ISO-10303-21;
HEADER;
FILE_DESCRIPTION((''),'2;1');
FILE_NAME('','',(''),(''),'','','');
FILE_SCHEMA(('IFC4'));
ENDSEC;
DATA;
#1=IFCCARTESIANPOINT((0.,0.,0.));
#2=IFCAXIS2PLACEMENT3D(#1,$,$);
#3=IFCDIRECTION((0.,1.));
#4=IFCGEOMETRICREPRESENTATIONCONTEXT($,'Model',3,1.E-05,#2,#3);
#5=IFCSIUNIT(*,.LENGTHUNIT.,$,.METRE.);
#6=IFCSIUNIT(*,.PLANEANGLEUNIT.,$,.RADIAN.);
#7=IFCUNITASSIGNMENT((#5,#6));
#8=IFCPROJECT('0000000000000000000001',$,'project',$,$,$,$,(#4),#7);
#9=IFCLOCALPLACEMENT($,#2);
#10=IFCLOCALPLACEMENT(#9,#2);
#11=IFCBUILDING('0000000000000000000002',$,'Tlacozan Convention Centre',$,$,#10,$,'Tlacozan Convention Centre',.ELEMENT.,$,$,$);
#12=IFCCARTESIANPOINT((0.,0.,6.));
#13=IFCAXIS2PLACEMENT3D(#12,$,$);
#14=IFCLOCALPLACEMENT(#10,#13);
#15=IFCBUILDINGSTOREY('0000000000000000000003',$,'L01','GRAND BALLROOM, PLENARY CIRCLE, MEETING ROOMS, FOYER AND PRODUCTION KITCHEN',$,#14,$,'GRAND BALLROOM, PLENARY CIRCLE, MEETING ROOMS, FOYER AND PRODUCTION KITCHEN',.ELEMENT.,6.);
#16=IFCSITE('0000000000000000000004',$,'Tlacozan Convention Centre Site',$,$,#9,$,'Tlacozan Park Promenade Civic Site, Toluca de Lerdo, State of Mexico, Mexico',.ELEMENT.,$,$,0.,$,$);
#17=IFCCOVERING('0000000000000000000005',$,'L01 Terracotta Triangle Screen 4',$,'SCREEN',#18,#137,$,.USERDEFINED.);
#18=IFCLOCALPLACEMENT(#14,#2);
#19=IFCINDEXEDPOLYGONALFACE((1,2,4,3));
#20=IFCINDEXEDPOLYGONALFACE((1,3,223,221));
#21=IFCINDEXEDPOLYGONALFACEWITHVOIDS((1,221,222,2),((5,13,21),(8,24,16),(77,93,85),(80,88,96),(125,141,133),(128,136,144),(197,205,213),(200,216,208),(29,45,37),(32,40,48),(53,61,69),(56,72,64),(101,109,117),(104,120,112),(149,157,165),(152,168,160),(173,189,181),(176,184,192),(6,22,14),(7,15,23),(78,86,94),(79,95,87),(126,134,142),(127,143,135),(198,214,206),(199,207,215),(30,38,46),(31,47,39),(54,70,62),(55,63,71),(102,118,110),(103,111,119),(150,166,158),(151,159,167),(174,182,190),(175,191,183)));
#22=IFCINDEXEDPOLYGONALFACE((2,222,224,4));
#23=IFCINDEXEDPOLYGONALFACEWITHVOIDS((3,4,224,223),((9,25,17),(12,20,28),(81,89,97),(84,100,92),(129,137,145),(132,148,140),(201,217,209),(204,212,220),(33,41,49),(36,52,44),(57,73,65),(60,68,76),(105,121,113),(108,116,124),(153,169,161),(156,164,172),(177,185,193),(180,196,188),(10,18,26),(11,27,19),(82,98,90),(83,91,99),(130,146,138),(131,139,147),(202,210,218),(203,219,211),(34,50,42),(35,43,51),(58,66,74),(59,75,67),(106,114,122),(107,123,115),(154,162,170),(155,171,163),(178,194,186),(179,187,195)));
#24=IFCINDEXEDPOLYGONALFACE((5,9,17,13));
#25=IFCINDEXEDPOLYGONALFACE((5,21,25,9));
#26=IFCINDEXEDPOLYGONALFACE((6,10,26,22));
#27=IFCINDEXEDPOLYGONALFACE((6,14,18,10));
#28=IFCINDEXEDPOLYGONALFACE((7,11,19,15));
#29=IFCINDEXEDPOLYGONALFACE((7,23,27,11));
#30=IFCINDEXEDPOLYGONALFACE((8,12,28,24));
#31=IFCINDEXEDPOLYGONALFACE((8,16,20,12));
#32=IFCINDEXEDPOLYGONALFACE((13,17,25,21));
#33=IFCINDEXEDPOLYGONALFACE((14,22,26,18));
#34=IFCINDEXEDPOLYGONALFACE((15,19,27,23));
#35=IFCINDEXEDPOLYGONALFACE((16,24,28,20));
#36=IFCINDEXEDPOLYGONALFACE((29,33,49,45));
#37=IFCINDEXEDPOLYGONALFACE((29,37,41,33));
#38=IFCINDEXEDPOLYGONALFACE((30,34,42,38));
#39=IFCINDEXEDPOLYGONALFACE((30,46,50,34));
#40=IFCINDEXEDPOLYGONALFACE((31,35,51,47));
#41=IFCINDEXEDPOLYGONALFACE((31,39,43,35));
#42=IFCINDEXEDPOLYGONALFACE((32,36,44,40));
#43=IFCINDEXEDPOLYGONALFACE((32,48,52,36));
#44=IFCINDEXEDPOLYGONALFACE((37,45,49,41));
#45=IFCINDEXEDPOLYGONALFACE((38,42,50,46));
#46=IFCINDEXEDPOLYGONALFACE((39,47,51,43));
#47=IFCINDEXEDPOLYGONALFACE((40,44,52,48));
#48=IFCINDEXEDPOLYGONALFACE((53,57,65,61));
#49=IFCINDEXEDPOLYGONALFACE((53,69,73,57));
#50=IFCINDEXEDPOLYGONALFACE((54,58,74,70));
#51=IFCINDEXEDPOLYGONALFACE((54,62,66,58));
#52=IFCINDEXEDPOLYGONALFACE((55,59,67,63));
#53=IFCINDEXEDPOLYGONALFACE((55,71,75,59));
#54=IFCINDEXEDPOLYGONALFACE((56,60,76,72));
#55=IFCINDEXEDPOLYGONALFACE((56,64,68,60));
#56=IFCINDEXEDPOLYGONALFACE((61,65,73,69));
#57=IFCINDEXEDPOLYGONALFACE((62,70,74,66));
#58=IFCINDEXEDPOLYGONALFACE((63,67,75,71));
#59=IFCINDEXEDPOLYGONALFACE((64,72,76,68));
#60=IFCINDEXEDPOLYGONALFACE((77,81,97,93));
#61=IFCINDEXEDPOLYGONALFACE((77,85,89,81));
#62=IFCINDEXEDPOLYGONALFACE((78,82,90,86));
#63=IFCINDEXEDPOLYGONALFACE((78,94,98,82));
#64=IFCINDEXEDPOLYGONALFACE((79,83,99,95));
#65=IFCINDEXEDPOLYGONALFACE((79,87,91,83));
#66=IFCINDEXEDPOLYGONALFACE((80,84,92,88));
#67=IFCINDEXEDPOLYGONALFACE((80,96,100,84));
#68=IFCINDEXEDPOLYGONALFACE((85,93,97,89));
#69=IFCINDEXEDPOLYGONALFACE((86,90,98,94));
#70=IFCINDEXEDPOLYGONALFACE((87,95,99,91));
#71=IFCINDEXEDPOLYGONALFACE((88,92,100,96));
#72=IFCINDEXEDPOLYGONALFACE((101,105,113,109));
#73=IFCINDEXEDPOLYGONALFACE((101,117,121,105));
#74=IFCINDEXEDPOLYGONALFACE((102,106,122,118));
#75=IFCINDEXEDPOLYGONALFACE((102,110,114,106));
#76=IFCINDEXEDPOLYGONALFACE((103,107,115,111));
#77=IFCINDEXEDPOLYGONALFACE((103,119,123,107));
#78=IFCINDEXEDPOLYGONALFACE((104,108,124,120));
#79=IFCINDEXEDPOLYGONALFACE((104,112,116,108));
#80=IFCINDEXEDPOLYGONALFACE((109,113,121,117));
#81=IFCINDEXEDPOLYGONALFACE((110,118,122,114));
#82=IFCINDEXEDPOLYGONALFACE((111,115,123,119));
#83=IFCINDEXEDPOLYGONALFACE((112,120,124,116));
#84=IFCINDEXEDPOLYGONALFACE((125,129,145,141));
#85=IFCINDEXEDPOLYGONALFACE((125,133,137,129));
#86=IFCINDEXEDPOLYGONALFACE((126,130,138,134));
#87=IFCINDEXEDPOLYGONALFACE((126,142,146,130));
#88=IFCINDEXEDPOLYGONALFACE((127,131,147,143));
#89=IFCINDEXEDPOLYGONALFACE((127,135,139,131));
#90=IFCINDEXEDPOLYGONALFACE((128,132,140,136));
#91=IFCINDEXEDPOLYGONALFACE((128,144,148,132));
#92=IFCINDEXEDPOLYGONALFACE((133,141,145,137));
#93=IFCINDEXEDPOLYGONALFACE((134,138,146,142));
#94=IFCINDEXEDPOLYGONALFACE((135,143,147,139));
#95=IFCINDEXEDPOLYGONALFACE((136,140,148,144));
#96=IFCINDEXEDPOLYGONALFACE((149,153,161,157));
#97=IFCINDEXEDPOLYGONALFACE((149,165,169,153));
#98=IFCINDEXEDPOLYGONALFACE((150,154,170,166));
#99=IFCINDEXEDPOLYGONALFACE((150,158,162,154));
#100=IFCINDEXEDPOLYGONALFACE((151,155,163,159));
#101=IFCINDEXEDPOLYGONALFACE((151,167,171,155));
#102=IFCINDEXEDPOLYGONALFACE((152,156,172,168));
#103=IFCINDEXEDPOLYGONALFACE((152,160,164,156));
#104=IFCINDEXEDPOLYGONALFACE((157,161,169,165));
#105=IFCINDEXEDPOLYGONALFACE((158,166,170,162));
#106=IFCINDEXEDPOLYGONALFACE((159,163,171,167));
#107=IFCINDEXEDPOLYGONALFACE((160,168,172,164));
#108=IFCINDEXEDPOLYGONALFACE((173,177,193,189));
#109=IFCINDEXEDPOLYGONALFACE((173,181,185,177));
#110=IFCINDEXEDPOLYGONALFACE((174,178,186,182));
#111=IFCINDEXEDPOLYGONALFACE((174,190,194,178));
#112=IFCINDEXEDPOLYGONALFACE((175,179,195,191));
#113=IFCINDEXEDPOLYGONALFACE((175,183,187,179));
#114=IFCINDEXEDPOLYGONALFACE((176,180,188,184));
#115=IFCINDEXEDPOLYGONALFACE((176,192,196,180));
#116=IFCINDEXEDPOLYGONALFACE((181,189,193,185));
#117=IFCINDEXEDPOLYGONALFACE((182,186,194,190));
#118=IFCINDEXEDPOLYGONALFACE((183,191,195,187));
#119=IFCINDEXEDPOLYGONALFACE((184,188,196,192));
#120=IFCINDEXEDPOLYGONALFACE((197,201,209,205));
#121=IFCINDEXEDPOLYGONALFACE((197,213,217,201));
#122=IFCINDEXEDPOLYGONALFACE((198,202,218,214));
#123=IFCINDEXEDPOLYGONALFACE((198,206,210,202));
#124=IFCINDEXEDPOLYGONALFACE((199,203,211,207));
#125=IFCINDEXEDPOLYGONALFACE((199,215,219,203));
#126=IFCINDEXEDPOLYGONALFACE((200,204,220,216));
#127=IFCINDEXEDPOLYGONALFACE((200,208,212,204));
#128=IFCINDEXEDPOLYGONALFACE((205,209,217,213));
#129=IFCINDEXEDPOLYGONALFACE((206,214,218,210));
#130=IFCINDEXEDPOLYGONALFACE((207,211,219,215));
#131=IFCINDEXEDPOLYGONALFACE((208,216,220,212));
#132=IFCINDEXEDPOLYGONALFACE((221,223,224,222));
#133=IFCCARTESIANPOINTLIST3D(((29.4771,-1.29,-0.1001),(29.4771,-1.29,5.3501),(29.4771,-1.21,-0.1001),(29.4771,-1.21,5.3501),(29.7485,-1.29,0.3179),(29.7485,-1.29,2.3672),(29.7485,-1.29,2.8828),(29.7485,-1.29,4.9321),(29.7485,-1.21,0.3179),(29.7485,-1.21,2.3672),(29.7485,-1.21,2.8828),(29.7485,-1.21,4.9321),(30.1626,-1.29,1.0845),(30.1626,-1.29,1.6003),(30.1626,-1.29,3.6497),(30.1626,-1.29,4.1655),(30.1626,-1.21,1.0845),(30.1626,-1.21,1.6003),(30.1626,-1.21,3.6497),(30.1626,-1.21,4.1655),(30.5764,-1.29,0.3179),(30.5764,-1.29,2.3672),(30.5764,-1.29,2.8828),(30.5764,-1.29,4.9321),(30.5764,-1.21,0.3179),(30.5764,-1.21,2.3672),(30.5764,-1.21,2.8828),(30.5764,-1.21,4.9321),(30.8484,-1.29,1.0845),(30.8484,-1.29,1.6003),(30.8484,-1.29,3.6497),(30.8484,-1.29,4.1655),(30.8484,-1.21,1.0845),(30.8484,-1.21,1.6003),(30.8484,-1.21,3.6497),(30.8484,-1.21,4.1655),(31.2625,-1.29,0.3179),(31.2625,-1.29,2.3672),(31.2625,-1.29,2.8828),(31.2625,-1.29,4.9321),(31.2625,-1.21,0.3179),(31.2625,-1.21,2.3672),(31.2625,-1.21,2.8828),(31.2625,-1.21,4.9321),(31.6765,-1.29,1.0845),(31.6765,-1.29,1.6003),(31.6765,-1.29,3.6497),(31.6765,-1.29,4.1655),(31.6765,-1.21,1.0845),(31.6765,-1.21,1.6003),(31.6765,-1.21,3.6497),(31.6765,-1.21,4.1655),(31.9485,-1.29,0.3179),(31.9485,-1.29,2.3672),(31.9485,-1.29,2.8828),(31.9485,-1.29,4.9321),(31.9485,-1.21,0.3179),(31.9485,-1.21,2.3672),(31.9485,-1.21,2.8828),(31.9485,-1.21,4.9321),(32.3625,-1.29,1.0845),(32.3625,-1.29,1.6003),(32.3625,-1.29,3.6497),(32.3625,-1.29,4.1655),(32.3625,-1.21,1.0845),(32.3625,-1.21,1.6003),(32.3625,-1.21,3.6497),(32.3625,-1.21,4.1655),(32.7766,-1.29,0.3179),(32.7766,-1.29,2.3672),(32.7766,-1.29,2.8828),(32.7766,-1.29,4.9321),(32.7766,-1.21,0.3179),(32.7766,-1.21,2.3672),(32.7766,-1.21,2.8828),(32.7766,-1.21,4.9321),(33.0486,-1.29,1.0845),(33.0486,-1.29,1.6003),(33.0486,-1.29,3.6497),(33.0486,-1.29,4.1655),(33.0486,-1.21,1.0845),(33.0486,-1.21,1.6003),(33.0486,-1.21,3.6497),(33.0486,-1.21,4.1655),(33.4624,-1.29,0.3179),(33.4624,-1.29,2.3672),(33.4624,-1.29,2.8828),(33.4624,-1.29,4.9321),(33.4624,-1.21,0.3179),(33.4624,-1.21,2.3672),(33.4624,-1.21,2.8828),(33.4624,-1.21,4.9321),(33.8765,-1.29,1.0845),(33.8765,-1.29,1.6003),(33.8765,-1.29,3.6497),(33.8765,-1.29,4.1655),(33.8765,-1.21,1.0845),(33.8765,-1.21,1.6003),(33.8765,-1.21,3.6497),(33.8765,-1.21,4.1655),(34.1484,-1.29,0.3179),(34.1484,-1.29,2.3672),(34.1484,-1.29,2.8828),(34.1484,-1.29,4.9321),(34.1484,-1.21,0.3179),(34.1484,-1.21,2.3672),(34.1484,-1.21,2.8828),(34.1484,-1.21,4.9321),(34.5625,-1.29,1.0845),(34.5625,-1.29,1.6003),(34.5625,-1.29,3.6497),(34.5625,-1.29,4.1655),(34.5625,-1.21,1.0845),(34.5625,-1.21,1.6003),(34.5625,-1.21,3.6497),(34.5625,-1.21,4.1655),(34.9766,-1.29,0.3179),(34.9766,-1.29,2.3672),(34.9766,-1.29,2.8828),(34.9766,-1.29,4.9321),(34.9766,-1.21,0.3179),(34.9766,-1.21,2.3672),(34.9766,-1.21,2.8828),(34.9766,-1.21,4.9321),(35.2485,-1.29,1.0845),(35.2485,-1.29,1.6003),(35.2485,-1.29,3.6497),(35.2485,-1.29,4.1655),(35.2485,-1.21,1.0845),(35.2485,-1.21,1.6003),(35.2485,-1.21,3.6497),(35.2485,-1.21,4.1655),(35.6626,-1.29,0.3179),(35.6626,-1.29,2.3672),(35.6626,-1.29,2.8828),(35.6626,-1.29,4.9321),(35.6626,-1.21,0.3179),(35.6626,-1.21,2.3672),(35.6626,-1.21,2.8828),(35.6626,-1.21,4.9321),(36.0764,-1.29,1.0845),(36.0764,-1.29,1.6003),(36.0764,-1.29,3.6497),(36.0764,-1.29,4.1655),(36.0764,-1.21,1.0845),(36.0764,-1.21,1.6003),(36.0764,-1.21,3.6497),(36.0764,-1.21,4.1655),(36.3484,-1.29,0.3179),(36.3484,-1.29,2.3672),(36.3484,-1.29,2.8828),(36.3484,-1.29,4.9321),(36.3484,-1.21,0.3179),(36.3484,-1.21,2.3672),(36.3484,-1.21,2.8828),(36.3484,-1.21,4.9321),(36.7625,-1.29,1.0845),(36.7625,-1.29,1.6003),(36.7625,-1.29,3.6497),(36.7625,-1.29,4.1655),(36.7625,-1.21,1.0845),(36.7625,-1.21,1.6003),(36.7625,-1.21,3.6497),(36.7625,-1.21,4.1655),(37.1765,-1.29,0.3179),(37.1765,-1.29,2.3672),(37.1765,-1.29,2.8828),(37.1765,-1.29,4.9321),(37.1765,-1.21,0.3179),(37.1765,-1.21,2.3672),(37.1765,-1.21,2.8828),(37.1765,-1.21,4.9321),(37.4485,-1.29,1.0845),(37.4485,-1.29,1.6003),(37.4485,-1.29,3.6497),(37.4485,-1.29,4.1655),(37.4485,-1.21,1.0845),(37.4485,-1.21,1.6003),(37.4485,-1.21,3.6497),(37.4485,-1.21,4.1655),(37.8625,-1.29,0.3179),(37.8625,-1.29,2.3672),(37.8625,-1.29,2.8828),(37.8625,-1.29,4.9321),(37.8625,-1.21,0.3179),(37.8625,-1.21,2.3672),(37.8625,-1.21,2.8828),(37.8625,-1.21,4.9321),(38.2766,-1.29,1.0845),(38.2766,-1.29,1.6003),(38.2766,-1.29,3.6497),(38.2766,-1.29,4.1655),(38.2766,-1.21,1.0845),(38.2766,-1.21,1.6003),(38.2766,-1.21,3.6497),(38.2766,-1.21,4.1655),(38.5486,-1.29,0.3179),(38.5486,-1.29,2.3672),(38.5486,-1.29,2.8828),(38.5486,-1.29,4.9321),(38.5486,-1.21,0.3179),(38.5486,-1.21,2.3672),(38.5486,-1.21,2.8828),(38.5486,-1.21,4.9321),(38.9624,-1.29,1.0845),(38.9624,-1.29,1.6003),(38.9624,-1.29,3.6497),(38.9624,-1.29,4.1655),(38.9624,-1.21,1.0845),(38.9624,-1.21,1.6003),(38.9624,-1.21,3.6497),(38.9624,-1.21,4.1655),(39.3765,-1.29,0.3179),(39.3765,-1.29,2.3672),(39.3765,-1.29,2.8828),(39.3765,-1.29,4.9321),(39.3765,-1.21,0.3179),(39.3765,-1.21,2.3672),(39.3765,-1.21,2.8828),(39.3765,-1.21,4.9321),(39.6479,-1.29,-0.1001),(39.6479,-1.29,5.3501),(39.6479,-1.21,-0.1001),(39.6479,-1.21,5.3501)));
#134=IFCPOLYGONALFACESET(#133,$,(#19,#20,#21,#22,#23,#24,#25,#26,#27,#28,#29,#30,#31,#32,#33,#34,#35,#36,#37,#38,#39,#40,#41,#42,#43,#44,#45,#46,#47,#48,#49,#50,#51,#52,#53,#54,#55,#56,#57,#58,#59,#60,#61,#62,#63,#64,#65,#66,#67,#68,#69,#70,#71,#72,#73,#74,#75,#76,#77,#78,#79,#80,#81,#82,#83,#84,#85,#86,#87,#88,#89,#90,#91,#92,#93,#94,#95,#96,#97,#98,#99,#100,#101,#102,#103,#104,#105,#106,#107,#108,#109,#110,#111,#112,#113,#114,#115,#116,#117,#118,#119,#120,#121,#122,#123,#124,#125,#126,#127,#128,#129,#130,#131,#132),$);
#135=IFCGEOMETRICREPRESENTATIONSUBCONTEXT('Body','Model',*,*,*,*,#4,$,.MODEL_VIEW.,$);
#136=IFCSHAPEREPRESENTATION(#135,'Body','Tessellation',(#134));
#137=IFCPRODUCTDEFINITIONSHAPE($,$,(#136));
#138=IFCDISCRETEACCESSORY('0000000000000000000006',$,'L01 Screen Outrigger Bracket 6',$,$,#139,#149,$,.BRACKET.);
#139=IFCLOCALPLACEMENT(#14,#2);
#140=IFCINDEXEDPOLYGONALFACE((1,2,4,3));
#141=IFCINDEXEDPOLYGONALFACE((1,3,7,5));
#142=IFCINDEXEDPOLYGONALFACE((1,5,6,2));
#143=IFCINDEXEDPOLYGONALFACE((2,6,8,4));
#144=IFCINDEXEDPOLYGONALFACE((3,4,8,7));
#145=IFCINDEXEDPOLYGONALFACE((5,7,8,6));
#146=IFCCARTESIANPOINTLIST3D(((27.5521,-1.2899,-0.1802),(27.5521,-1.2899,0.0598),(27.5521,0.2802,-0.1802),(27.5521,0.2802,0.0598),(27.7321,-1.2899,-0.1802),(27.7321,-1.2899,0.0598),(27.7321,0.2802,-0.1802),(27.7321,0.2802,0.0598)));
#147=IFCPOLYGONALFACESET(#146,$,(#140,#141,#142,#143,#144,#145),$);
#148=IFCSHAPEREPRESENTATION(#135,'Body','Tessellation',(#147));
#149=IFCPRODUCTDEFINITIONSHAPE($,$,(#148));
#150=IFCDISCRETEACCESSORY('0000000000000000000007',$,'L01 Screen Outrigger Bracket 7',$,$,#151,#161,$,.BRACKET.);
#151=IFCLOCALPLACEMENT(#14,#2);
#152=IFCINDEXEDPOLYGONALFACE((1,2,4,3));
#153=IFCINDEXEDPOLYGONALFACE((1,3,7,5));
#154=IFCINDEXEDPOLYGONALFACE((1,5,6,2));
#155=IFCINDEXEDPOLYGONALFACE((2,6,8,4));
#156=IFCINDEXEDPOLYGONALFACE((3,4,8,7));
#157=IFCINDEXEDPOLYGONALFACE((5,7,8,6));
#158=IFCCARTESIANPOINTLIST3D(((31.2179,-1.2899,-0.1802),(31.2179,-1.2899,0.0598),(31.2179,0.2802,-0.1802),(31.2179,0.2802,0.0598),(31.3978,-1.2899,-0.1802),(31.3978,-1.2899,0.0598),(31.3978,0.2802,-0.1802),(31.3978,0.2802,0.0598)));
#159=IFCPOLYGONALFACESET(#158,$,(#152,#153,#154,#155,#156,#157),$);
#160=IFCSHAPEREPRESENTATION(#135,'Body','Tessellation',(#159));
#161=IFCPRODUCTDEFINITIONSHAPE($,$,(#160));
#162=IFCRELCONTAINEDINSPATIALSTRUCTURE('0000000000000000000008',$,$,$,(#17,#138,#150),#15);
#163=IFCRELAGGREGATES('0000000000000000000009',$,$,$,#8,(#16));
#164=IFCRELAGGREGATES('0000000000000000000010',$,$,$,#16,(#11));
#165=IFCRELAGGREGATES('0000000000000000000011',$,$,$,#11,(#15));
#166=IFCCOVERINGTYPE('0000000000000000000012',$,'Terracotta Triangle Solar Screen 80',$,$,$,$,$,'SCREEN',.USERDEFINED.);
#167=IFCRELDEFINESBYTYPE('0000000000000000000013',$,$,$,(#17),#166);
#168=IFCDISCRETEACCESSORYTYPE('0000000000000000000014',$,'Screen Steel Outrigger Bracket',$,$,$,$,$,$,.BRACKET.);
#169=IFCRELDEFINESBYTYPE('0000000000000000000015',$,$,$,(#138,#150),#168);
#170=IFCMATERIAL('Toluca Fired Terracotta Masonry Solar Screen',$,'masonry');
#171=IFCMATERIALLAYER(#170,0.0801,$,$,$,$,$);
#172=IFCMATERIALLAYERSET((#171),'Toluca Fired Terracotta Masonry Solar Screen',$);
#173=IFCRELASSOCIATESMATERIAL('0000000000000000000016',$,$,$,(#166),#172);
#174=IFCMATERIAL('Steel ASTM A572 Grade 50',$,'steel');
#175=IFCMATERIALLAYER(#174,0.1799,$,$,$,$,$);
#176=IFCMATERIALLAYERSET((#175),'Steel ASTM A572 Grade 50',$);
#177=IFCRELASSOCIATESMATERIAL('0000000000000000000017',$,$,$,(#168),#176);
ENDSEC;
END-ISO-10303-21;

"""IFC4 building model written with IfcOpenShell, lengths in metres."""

from ifc_helpers import new_model, si_unit, direction, frame, origin, origin_2d, place, context, subcontext, project, spatial, polyline, rectangle, outline, extrude, material, layer, layer_set, type_object, element, save


model = new_model("IFC4")

# Units and contexts
model_context = context("Model", 3, precision=1e-05, world=origin(), true_north=direction((0.0, 1.0)))
body_context = subcontext(model_context, "Body", "Model", "MODEL_VIEW")
ifc_project = project(units=[si_unit("LENGTHUNIT", "METRE"), si_unit("PLANEANGLEUNIT", "RADIAN")], contexts=[model_context])

# Site, building, storey
site_placement = place(None, origin())
site = spatial("IfcSite", under=ifc_project, at=site_placement, Name="Tlacozan Convention Centre Site", LongName="Tlacozan Park Promenade Civic Site, Toluca de Lerdo, State of Mexico, Mexico", CompositionType="ELEMENT", RefElevation=0.0)
building_placement = place(site_placement, origin())
building = spatial("IfcBuilding", under=site, at=building_placement, Name="Tlacozan Convention Centre", LongName="Tlacozan Convention Centre", CompositionType="ELEMENT")
storey_placement = place(building_placement, frame((0.0, 0.0, 6.0)))
storey = spatial("IfcBuildingStorey", under=building, at=storey_placement, Name="L01", Description="GRAND BALLROOM, PLENARY CIRCLE, MEETING ROOMS, FOYER AND PRODUCTION KITCHEN", LongName="GRAND BALLROOM, PLENARY CIRCLE, MEETING ROOMS, FOYER AND PRODUCTION KITCHEN", CompositionType="ELEMENT", Elevation=6.0)

# Covering
ifc_material_1 = material(Name="Toluca Fired Terracotta Masonry Solar Screen", Category="masonry")
ifc_layer_1 = layer(ifc_material_1, 0.0801)
ifc_layer_set_1 = layer_set([ifc_layer_1], Name="Toluca Fired Terracotta Masonry Solar Screen")
covering_type = type_object("IfcCoveringType", Name="Terracotta Triangle Solar Screen 80", ElementType="SCREEN", PredefinedType="USERDEFINED", material=ifc_layer_set_1)
covering_placement = place(storey_placement, frame((29.4771, -1.25, -0.1001), z_axis=(0.0, 0.0, 1.0), x_axis=(1.0, 0.0, 0.0)))
element("IfcCovering", 1, at=covering_placement, inside=storey, type_object=covering_type, Name="L01 Terracotta Triangle Screen 4", ObjectType="SCREEN", PredefinedType="USERDEFINED", context=body_context, shape_type="SweptSolid", body=[
    extrude(outline(polyline([(0.0, 0.0), (10.1709, 0.0), (10.1709, 5.4502), (0.0, 5.4502), (0.0, 0.0)]), holes=[polyline([(0.2715, 0.418), (1.0994, 0.418), (0.6855, 1.1846), (0.2715, 0.418)]), polyline([(1.3713, 1.1846), (2.1995, 1.1846), (1.7854, 0.418), (1.3713, 1.1846)]), polyline([(2.4714, 0.418), (3.2996, 0.418), (2.8855, 1.1846), (2.4714, 0.418)]), polyline([(3.5715, 1.1846), (4.3994, 1.1846), (3.9854, 0.418), (3.5715, 1.1846)]), polyline([(4.6714, 0.418), (5.4995, 0.418), (5.0854, 1.1846), (4.6714, 0.418)]), polyline([(5.7715, 1.1846), (6.5994, 1.1846), (6.1855, 0.418), (5.7715, 1.1846)]), polyline([(6.8713, 0.418), (7.6995, 0.418), (7.2854, 1.1846), (6.8713, 0.418)]), polyline([(7.9714, 1.1846), (8.7996, 1.1846), (8.3855, 0.418), (7.9714, 1.1846)]), polyline([(9.0715, 0.418), (9.8994, 0.418), (9.4854, 1.1846), (9.0715, 0.418)]), polyline([(0.2715, 2.4673), (1.0994, 2.4673), (0.6855, 1.7004), (0.2715, 2.4673)]), polyline([(1.3713, 1.7004), (2.1995, 1.7004), (1.7854, 2.4673), (1.3713, 1.7004)]), polyline([(2.4714, 2.4673), (3.2996, 2.4673), (2.8855, 1.7004), (2.4714, 2.4673)]), polyline([(3.5715, 1.7004), (4.3994, 1.7004), (3.9854, 2.4673), (3.5715, 1.7004)]), polyline([(4.6714, 2.4673), (5.4995, 2.4673), (5.0854, 1.7004), (4.6714, 2.4673)]), polyline([(5.7715, 1.7004), (6.5994, 1.7004), (6.1855, 2.4673), (5.7715, 1.7004)]), polyline([(6.8713, 2.4673), (7.6995, 2.4673), (7.2854, 1.7004), (6.8713, 2.4673)]), polyline([(7.9714, 1.7004), (8.7996, 1.7004), (8.3855, 2.4673), (7.9714, 1.7004)]), polyline([(9.0715, 2.4673), (9.8994, 2.4673), (9.4854, 1.7004), (9.0715, 2.4673)]), polyline([(0.2715, 2.9829), (1.0994, 2.9829), (0.6855, 3.7498), (0.2715, 2.9829)]), polyline([(1.3713, 3.7498), (2.1995, 3.7498), (1.7854, 2.9829), (1.3713, 3.7498)]), polyline([(2.4714, 2.9829), (3.2996, 2.9829), (2.8855, 3.7498), (2.4714, 2.9829)]), polyline([(3.5715, 3.7498), (4.3994, 3.7498), (3.9854, 2.9829), (3.5715, 3.7498)]), polyline([(4.6714, 2.9829), (5.4995, 2.9829), (5.0854, 3.7498), (4.6714, 2.9829)]), polyline([(5.7715, 3.7498), (6.5994, 3.7498), (6.1855, 2.9829), (5.7715, 3.7498)]), polyline([(6.8713, 2.9829), (7.6995, 2.9829), (7.2854, 3.7498), (6.8713, 2.9829)]), polyline([(7.9714, 3.7498), (8.7996, 3.7498), (8.3855, 2.9829), (7.9714, 3.7498)]), polyline([(9.0715, 2.9829), (9.8994, 2.9829), (9.4854, 3.7498), (9.0715, 2.9829)]), polyline([(0.2715, 5.0322), (1.0994, 5.0322), (0.6855, 4.2656), (0.2715, 5.0322)]), polyline([(1.3713, 4.2656), (2.1995, 4.2656), (1.7854, 5.0322), (1.3713, 4.2656)]), polyline([(2.4714, 5.0322), (3.2996, 5.0322), (2.8855, 4.2656), (2.4714, 5.0322)]), polyline([(3.5715, 4.2656), (4.3994, 4.2656), (3.9854, 5.0322), (3.5715, 4.2656)]), polyline([(4.6714, 5.0322), (5.4995, 5.0322), (5.0854, 4.2656), (4.6714, 5.0322)]), polyline([(5.7715, 4.2656), (6.5994, 4.2656), (6.1855, 5.0322), (5.7715, 4.2656)]), polyline([(6.8713, 5.0322), (7.6995, 5.0322), (7.2854, 4.2656), (6.8713, 5.0322)]), polyline([(7.9714, 4.2656), (8.7996, 4.2656), (8.3855, 5.0322), (7.9714, 4.2656)]), polyline([(9.0715, 5.0322), (9.8994, 5.0322), (9.4854, 4.2656), (9.0715, 5.0322)])]), frame((0.0, 0.04, 0.0), z_axis=(0.0, -1.0, 0.0), x_axis=(1.0, 0.0, 0.0)), (0.0, 0.0, 1.0), 0.0801),
])

# Discrete accessories
ifc_material_2 = material(Name="Steel ASTM A572 Grade 50", Category="steel")
ifc_layer_2 = layer(ifc_material_2, 0.1799)
ifc_layer_set_2 = layer_set([ifc_layer_2], Name="Steel ASTM A572 Grade 50")
discrete_accessory_type = type_object("IfcDiscreteAccessoryType", Name="Screen Steel Outrigger Bracket", PredefinedType="BRACKET", material=ifc_layer_set_2)
for number, where, z_axis, x_axis, name in (
    (2, (27.6421, -0.5049, -0.1802), (0.0, 0.0, 1.0), (0.0, 1.0, 0.0), "L01 Screen Outrigger Bracket 6"),
    (3, (31.3079, -0.5049, -0.1802), (0.0, 0.0, 1.0), (0.0, 1.0, 0.0), "L01 Screen Outrigger Bracket 7"),
):
    element("IfcDiscreteAccessory", number, at=place(storey_placement, frame(where, z_axis=z_axis, x_axis=x_axis)), inside=storey, type_object=discrete_accessory_type, Name=name, PredefinedType="BRACKET", context=body_context, shape_type="SweptSolid", body=[
        extrude(rectangle(XDim=1.5701, YDim=0.1799, at=origin_2d()), origin(), (0.0, 0.0, 1.0), 0.24),
    ])

save(model, "model.ifc")
